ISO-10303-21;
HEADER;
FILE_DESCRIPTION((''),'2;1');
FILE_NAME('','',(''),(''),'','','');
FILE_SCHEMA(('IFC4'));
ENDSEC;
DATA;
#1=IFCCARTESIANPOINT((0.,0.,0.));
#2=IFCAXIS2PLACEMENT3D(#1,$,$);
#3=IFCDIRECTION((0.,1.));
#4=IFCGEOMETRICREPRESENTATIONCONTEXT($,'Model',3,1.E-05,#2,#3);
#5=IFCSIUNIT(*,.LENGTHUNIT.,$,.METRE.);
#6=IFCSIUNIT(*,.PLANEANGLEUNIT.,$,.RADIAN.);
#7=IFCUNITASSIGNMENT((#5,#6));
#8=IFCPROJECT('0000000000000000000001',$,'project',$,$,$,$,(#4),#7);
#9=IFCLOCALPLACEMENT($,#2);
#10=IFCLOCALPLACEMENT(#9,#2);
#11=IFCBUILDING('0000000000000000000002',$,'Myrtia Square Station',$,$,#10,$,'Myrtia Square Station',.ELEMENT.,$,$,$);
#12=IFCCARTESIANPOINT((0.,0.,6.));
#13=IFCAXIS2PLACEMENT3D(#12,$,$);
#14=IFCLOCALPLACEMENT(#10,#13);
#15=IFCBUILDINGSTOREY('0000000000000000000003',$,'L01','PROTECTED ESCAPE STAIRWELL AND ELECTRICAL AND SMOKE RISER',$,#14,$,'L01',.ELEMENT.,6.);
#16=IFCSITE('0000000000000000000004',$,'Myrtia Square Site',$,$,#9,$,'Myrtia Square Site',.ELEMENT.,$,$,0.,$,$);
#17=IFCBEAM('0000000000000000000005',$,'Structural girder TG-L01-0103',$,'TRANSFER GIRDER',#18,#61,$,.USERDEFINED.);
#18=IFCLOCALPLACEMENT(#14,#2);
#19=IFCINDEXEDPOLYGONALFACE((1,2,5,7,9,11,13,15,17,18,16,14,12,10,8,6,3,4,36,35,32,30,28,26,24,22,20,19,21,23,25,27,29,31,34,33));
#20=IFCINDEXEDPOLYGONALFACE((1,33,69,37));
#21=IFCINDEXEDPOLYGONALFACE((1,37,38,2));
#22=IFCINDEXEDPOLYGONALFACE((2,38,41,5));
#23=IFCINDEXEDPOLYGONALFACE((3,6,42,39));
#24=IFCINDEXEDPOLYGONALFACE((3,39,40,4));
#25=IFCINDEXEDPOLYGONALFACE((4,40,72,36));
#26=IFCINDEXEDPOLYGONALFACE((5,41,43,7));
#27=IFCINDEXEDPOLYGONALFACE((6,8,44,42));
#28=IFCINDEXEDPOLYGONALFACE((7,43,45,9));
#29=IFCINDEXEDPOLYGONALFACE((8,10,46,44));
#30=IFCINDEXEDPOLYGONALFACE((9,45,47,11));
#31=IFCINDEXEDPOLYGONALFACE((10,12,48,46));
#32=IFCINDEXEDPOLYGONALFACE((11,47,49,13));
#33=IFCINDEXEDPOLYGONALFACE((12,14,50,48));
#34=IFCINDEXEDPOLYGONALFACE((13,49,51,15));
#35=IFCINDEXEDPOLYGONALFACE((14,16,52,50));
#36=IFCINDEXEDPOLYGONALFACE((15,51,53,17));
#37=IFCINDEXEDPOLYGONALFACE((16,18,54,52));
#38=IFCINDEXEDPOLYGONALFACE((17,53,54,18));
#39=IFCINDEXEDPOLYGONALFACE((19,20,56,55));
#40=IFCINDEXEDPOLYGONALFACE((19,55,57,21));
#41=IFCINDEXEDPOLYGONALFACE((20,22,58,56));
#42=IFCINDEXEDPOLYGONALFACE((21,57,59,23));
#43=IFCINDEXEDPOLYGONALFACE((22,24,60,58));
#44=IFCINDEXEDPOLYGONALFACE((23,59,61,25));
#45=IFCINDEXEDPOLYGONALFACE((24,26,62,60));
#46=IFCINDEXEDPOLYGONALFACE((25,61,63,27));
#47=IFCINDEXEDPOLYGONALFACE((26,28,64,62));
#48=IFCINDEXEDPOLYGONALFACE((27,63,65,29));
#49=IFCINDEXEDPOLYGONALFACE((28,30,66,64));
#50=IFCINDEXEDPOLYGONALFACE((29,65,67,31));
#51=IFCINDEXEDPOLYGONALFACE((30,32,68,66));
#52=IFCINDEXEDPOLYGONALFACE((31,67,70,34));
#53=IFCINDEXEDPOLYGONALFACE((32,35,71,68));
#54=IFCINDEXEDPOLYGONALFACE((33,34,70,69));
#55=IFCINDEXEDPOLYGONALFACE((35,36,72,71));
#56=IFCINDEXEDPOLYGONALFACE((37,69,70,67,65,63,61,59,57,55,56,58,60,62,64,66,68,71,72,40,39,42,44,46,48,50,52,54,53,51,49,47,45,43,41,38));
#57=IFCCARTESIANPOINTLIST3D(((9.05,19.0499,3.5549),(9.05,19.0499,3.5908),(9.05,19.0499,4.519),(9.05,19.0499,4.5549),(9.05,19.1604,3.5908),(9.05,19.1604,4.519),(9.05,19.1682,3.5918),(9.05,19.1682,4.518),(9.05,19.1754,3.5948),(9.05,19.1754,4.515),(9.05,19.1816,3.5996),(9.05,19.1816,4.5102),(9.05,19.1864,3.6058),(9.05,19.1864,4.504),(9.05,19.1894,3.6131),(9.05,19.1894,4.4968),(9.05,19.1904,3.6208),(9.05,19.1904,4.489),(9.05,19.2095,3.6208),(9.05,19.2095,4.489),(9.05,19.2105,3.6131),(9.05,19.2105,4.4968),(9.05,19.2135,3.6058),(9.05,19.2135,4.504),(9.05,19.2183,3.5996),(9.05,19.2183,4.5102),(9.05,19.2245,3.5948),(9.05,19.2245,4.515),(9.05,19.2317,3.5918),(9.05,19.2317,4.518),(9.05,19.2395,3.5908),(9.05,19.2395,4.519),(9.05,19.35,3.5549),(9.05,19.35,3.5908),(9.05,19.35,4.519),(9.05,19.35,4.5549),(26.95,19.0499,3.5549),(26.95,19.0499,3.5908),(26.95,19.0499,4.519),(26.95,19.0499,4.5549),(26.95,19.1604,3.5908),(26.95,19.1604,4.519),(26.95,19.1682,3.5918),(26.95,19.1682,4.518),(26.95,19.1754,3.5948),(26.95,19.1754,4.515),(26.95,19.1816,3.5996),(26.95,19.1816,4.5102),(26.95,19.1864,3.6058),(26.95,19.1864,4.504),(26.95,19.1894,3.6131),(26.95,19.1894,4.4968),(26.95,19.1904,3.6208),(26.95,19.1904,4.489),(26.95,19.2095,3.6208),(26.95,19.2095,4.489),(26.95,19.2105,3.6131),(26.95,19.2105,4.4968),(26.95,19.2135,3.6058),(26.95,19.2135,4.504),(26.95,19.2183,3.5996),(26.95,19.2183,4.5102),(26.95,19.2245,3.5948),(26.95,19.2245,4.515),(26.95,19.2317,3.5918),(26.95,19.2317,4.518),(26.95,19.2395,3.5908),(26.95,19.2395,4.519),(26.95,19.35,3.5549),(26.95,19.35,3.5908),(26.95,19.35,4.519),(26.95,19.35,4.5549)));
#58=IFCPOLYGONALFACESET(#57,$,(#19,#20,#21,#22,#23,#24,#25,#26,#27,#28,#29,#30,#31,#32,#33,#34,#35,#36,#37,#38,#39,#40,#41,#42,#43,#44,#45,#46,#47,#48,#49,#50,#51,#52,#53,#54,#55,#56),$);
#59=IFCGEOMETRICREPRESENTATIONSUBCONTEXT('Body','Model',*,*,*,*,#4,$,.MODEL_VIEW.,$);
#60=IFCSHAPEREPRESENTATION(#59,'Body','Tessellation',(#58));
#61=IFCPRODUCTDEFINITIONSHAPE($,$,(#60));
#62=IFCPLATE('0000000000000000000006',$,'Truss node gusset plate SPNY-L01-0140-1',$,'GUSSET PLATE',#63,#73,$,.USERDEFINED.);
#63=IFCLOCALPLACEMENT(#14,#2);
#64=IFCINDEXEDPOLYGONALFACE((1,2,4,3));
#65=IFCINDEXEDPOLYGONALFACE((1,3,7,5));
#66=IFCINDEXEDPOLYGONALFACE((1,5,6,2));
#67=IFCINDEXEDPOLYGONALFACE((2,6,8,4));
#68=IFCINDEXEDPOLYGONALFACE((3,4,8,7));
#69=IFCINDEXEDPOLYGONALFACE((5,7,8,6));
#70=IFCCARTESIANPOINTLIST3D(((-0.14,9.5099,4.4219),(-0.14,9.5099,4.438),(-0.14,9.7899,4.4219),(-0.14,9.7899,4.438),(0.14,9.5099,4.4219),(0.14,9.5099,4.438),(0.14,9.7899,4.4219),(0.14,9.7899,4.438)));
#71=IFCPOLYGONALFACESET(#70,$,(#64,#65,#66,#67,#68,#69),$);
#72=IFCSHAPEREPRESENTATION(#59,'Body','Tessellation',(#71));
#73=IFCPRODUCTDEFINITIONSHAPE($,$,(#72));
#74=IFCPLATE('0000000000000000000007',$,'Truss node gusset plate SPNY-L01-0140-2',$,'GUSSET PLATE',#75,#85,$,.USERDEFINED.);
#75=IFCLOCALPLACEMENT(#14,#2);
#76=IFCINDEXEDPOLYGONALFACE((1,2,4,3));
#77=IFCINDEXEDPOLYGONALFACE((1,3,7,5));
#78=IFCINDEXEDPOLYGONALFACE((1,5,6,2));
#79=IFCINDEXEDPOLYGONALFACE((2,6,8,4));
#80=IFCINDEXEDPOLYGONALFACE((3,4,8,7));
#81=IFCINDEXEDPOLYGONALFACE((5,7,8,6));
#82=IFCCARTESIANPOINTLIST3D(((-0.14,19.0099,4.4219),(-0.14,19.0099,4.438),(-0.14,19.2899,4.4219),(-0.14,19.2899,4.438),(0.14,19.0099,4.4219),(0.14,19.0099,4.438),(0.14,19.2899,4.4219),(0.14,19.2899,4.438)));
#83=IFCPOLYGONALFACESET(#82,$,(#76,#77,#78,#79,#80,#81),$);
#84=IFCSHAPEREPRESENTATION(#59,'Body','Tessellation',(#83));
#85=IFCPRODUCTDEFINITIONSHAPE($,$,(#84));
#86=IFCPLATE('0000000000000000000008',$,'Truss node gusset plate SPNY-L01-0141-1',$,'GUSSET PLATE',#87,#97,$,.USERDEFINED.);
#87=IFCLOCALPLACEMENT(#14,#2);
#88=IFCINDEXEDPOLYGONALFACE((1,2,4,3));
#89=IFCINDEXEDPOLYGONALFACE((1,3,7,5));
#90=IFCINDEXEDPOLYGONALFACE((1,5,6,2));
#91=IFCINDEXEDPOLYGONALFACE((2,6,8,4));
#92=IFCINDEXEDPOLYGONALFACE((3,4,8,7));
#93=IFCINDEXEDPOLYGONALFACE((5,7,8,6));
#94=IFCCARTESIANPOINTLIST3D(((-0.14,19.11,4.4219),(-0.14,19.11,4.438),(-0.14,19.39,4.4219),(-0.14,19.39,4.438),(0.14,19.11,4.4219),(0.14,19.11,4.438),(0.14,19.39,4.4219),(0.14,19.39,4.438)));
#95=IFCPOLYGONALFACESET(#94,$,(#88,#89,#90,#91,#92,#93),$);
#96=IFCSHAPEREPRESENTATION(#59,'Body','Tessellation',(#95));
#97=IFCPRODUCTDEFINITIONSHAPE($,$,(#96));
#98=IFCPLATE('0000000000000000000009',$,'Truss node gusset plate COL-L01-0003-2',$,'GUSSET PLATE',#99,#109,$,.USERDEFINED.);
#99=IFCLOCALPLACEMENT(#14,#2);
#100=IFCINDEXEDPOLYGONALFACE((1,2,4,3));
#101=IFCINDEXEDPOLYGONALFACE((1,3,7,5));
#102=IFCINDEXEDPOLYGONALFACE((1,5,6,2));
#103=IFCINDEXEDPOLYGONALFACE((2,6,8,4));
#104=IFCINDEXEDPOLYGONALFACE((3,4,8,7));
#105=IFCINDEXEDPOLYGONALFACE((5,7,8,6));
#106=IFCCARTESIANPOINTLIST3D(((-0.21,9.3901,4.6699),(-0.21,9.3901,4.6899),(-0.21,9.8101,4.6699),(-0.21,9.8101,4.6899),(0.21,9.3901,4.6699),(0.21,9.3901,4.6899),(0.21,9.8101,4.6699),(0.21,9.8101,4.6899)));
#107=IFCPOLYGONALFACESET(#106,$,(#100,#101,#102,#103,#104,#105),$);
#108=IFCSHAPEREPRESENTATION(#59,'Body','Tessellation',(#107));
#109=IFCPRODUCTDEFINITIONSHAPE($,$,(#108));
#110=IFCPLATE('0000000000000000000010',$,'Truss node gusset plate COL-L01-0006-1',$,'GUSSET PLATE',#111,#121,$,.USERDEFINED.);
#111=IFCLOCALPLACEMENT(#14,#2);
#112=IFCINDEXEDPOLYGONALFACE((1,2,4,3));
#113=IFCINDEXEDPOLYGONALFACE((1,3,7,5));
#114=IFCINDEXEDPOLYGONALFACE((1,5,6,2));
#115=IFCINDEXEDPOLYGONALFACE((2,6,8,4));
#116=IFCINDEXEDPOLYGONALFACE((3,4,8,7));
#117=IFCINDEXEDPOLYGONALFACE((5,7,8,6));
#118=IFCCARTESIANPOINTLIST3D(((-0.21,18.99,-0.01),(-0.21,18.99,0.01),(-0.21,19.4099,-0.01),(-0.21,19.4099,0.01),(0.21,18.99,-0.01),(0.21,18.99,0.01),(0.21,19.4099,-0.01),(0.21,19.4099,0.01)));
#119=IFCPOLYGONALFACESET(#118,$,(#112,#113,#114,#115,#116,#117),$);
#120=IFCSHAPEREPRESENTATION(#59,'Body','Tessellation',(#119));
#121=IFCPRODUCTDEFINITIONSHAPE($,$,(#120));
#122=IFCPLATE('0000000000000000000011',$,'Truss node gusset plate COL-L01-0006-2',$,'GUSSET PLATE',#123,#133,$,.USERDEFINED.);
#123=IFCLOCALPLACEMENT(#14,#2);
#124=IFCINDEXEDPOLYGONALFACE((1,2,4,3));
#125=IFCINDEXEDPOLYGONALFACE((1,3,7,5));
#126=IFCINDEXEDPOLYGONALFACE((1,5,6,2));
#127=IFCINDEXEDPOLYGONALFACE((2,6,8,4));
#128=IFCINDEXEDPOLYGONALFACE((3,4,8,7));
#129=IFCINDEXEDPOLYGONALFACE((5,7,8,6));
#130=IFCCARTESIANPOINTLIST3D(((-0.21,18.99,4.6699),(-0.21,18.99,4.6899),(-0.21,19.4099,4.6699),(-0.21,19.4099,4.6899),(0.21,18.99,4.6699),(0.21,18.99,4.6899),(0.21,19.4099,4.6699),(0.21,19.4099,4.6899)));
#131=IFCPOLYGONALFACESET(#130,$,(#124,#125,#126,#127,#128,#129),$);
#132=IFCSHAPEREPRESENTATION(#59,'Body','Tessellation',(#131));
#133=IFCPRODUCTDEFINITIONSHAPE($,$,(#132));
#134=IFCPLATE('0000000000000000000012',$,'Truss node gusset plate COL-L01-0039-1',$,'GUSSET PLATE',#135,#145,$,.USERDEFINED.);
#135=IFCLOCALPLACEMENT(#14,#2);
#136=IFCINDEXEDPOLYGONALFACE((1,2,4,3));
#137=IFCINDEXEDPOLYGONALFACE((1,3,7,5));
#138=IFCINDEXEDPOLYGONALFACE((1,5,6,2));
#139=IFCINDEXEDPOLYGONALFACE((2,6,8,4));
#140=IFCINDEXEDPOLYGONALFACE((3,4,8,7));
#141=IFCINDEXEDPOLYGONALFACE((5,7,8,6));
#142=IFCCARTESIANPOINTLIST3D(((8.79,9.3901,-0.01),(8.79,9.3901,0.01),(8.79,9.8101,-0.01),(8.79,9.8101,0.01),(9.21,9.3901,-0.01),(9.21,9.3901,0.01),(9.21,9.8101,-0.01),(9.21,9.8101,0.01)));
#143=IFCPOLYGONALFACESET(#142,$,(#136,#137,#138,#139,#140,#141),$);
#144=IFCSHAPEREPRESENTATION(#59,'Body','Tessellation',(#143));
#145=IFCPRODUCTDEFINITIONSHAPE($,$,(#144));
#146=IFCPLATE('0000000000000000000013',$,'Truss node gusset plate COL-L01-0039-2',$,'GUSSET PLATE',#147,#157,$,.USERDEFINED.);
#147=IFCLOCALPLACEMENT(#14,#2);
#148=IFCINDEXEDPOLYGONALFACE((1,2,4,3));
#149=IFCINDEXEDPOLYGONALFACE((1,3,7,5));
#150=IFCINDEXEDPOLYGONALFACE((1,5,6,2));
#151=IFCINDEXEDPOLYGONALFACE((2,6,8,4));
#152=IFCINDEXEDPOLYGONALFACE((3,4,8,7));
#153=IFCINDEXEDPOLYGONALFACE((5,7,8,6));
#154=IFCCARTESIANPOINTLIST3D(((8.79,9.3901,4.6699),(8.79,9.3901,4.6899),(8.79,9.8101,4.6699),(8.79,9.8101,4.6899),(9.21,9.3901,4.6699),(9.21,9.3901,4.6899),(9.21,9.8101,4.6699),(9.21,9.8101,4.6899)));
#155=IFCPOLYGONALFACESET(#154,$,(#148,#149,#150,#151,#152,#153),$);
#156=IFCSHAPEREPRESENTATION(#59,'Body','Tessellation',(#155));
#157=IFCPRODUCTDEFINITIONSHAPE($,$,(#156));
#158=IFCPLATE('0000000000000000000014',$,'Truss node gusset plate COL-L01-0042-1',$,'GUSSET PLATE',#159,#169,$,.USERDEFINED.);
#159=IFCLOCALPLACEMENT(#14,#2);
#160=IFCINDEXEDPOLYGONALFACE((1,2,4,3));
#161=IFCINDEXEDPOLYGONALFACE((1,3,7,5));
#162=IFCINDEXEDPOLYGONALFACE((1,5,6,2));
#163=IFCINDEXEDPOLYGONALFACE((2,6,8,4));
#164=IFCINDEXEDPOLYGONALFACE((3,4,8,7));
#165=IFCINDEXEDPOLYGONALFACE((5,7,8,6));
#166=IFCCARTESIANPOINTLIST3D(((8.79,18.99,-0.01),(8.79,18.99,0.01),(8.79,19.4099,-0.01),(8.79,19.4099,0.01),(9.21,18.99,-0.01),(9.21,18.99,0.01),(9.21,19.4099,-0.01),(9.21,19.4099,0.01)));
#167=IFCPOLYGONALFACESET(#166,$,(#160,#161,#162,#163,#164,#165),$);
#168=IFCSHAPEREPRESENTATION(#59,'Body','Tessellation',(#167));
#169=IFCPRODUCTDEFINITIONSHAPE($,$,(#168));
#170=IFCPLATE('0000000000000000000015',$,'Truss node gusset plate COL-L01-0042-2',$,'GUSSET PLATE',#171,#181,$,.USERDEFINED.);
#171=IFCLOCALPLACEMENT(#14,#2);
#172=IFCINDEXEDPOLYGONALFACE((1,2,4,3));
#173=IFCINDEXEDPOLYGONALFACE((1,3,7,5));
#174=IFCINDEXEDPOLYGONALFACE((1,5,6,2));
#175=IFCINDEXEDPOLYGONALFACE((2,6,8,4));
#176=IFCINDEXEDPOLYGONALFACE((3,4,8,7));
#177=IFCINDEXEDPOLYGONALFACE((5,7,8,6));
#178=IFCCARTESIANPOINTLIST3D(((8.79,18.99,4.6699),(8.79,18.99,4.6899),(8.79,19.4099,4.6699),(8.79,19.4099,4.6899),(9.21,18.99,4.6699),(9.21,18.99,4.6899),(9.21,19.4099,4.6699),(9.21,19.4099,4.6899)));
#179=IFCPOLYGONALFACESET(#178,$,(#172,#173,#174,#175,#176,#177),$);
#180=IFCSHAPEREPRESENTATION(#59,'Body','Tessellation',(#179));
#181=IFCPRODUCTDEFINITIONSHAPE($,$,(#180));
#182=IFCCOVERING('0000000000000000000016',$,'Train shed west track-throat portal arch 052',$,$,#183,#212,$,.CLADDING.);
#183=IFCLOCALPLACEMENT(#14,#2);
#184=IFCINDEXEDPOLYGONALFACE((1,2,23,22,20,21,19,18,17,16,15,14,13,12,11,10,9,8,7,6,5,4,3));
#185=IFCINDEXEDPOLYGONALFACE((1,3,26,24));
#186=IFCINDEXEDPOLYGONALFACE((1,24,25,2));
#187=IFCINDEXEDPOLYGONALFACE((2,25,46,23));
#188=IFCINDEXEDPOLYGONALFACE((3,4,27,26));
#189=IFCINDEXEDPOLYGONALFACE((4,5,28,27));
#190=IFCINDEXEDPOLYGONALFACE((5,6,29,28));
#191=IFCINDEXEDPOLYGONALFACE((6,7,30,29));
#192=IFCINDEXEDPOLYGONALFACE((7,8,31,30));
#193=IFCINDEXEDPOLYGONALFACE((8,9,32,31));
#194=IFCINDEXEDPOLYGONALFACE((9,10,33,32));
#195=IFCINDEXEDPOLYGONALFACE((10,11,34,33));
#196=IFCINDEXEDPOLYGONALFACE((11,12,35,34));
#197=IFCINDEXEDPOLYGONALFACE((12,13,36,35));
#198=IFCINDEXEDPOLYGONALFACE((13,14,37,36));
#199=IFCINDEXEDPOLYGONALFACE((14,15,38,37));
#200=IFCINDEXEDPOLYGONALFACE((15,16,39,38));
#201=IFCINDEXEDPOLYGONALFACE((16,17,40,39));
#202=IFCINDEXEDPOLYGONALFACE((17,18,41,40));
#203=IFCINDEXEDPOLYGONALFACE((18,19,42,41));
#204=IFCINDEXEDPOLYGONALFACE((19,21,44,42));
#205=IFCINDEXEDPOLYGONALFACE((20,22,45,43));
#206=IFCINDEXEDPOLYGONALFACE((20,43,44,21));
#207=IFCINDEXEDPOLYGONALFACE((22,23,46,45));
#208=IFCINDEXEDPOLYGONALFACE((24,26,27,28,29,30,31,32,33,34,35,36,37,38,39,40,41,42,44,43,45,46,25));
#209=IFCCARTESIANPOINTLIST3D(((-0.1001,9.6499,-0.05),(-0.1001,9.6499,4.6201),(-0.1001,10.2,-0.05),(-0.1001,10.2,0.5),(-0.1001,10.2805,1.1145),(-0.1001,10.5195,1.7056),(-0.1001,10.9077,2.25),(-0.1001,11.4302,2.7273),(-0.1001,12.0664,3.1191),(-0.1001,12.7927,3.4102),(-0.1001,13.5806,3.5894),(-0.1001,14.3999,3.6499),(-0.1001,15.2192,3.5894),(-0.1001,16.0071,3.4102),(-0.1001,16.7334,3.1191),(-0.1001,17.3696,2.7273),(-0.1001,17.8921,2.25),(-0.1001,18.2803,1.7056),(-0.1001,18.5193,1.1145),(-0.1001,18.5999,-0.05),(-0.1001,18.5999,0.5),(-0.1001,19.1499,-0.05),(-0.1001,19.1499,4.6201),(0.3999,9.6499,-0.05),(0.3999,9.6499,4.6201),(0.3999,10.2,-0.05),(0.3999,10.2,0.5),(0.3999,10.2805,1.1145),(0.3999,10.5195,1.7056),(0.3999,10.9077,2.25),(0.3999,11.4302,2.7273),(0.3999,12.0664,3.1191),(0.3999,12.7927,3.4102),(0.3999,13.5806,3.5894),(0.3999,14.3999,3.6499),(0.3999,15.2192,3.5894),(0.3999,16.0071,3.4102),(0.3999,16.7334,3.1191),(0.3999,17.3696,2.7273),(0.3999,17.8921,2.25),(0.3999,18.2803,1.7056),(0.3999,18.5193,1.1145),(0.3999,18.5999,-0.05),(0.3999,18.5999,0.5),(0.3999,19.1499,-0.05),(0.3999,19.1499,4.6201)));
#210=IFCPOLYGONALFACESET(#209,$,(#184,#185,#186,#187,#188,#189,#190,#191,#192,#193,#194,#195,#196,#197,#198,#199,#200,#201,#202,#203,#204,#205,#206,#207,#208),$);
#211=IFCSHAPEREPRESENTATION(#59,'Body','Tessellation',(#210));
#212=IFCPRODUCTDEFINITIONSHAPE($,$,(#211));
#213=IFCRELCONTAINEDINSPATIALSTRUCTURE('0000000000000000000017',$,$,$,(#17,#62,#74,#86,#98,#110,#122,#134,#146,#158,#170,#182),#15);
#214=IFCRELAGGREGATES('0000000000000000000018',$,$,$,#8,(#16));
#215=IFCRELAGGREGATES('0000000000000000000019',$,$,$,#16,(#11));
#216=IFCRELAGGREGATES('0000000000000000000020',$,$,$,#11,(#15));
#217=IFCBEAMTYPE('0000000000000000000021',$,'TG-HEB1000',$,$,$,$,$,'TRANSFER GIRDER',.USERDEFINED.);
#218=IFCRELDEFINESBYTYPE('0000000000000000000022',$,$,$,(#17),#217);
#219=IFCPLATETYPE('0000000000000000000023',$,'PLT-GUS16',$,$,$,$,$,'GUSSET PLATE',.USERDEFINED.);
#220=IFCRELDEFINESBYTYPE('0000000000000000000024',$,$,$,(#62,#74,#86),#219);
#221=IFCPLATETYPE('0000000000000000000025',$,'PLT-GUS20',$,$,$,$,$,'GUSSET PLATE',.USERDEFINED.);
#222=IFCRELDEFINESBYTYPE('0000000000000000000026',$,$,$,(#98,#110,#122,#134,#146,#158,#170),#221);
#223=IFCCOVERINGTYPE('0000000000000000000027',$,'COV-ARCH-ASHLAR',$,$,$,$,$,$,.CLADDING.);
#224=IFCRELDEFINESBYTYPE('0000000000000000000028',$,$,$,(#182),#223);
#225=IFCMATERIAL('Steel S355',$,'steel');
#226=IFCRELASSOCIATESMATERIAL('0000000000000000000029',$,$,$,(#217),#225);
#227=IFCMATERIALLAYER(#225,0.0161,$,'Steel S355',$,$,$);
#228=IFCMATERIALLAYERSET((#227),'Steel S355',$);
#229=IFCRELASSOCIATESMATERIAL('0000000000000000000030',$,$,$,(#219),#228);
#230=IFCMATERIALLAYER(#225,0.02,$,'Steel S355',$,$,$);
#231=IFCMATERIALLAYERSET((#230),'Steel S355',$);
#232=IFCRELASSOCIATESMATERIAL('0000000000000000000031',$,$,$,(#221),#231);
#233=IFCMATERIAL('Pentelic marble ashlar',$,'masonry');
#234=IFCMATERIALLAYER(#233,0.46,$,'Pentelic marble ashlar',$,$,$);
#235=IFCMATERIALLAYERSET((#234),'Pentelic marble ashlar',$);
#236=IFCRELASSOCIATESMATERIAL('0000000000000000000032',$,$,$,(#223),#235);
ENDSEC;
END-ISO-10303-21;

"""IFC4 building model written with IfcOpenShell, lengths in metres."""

from ifc_helpers import new_model, si_unit, direction, frame, origin, origin_2d, place, context, subcontext, project, spatial, polyline, rectangle, i_section, outline, extrude, material, layer, layer_set, material_profile, profile_set, type_object, element, save


model = new_model("IFC4")

# Units and contexts
model_context = context("Model", 3, precision=1e-05, world=origin(), true_north=direction((0.0, 1.0)))
body_context = subcontext(model_context, "Body", "Model", "MODEL_VIEW")
ifc_project = project(units=[si_unit("LENGTHUNIT", "METRE"), si_unit("PLANEANGLEUNIT", "RADIAN")], contexts=[model_context])

# Site, building, storey
site_placement = place(None, origin())
site = spatial("IfcSite", under=ifc_project, at=site_placement, Name="Myrtia Square Site", LongName="Myrtia Square Site", CompositionType="ELEMENT", RefElevation=0.0)
building_placement = place(site_placement, origin())
building = spatial("IfcBuilding", under=site, at=building_placement, Name="Myrtia Square Station", LongName="Myrtia Square Station", CompositionType="ELEMENT")
storey_placement = place(building_placement, frame((0.0, 0.0, 6.0)))
storey = spatial("IfcBuildingStorey", under=building, at=storey_placement, Name="L01", Description="PROTECTED ESCAPE STAIRWELL AND ELECTRICAL AND SMOKE RISER", LongName="L01", CompositionType="ELEMENT", Elevation=6.0)

# Shared definitions
ifc_material_1 = material(Name="Steel S355", Category="steel")

# Beam
ifc_material_profile_1 = material_profile(ifc_material_1, i_section(OverallWidth=0.3, OverallDepth=1.0, WebThickness=0.019, FlangeThickness=0.0359, FilletRadius=0.03, at=origin_2d()), Name="HEB 1000")
ifc_profile_set_1 = profile_set([ifc_material_profile_1], Name="Steel S355")
beam_type_1 = type_object("IfcBeamType", Name="TG-HEB1000", ElementType="TRANSFER GIRDER", PredefinedType="USERDEFINED", material=ifc_profile_set_1)
for number, where, z_axis, x_axis, name in (
    (1, (9.05, 19.2, 4.0549), (1.0, 0.0, 0.0), (0.0, 1.0, 0.0), "Structural girder TG-L01-0103"),
):
    element("IfcBeam", number, at=place(storey_placement, frame(where, z_axis=z_axis, x_axis=x_axis)), inside=storey, type_object=beam_type_1, Name=name, ObjectType="TRANSFER GIRDER", PredefinedType="USERDEFINED", context=body_context, shape_type="SweptSolid", body=[
        extrude(i_section(OverallWidth=0.3, OverallDepth=1.0, WebThickness=0.019, FlangeThickness=0.0359, FilletRadius=0.03, at=origin_2d()), origin(), (0.0, 0.0, 1.0), 17.8999),
    ])

# Plates
ifc_layer_1 = layer(ifc_material_1, 0.0161, Name="Steel S355")
ifc_layer_set_1 = layer_set([ifc_layer_1], Name="Steel S355")
plate_type_1 = type_object("IfcPlateType", Name="PLT-GUS16", ElementType="GUSSET PLATE", PredefinedType="USERDEFINED", material=ifc_layer_set_1)
for number, where, z_axis, x_axis, name in (
    (2, (0.0, 9.6499, 4.4219), (0.0, 0.0, 1.0), (0.0, 1.0, 0.0), "Truss node gusset plate SPNY-L01-0140-1"),
    (3, (0.0, 19.1499, 4.4219), (0.0, 0.0, 1.0), (0.0, 1.0, 0.0), "Truss node gusset plate SPNY-L01-0140-2"),
    (4, (0.0, 19.25, 4.4219), (0.0, 0.0, 1.0), (0.0, 1.0, 0.0), "Truss node gusset plate SPNY-L01-0141-1"),
):
    element("IfcPlate", number, at=place(storey_placement, frame(where, z_axis=z_axis, x_axis=x_axis)), inside=storey, type_object=plate_type_1, Name=name, ObjectType="GUSSET PLATE", PredefinedType="USERDEFINED", context=body_context, shape_type="SweptSolid", body=[
        extrude(rectangle(XDim=0.28, YDim=0.28, at=origin_2d()), origin(), (0.0, 0.0, 1.0), 0.0161),
    ])
ifc_layer_2 = layer(ifc_material_1, 0.02, Name="Steel S355")
ifc_layer_set_2 = layer_set([ifc_layer_2], Name="Steel S355")
plate_type_2 = type_object("IfcPlateType", Name="PLT-GUS20", ElementType="GUSSET PLATE", PredefinedType="USERDEFINED", material=ifc_layer_set_2)
for number, where, z_axis, x_axis, name in (
    (5, (0.0, 9.6001, 4.6699), (0.0, 0.0, 1.0), (1.0, 0.0, 0.0), "Truss node gusset plate COL-L01-0003-2"),
    (6, (0.0, 19.2, -0.01), (0.0, 0.0, 1.0), (1.0, 0.0, 0.0), "Truss node gusset plate COL-L01-0006-1"),
    (7, (0.0, 19.2, 4.6699), (0.0, 0.0, 1.0), (1.0, 0.0, 0.0), "Truss node gusset plate COL-L01-0006-2"),
    (8, (9.0, 9.6001, -0.01), (0.0, 0.0, 1.0), (1.0, 0.0, 0.0), "Truss node gusset plate COL-L01-0039-1"),
    (9, (9.0, 9.6001, 4.6699), (0.0, 0.0, 1.0), (1.0, 0.0, 0.0), "Truss node gusset plate COL-L01-0039-2"),
    (10, (9.0, 19.2, -0.01), (0.0, 0.0, 1.0), (1.0, 0.0, 0.0), "Truss node gusset plate COL-L01-0042-1"),
    (11, (9.0, 19.2, 4.6699), (0.0, 0.0, 1.0), (1.0, 0.0, 0.0), "Truss node gusset plate COL-L01-0042-2"),
):
    element("IfcPlate", number, at=place(storey_placement, frame(where, z_axis=z_axis, x_axis=x_axis)), inside=storey, type_object=plate_type_2, Name=name, ObjectType="GUSSET PLATE", PredefinedType="USERDEFINED", context=body_context, shape_type="SweptSolid", body=[
        extrude(rectangle(XDim=0.4199, YDim=0.4199, at=origin_2d()), origin(), (0.0, 0.0, 1.0), 0.02),
    ])

# Covering
ifc_material_2 = material(Name="Pentelic marble ashlar", Category="masonry")
ifc_layer_3 = layer(ifc_material_2, 0.46, Name="Pentelic marble ashlar")
ifc_layer_set_3 = layer_set([ifc_layer_3], Name="Pentelic marble ashlar")
covering_type = type_object("IfcCoveringType", Name="COV-ARCH-ASHLAR", PredefinedType="CLADDING", material=ifc_layer_set_3)
covering_placement = place(storey_placement, frame((0.1499, 9.6499, -0.05), z_axis=(0.0, 0.0, 1.0), x_axis=(0.0, 1.0, 0.0)))
element("IfcCovering", 12, at=covering_placement, inside=storey, type_object=covering_type, Name="Train shed west track-throat portal arch 052", PredefinedType="CLADDING", context=body_context, shape_type="SweptSolid", body=[
    extrude(outline(polyline([(0.0, 0.0), (0.55, 0.0), (0.55, 0.55), (0.6306, 1.1646), (0.8696, 1.7556), (1.2578, 2.3), (1.7803, 2.7773), (2.4165, 3.1692), (3.1428, 3.4602), (3.9307, 3.6394), (4.75, 3.7), (5.5693, 3.6394), (6.3572, 3.4602), (7.0835, 3.1692), (7.7197, 2.7773), (8.2422, 2.3), (8.6304, 1.7556), (8.8694, 1.1646), (8.95, 0.55), (8.95, 0.0), (9.5, 0.0), (9.5, 4.6702), (0.0, 4.6702), (0.0, 0.0)])), frame((0.0, 0.25, 0.0), z_axis=(0.0, -1.0, 0.0), x_axis=(1.0, 0.0, 0.0)), (0.0, 0.0, 1.0), 0.5),
])

save(model, "model.ifc")
